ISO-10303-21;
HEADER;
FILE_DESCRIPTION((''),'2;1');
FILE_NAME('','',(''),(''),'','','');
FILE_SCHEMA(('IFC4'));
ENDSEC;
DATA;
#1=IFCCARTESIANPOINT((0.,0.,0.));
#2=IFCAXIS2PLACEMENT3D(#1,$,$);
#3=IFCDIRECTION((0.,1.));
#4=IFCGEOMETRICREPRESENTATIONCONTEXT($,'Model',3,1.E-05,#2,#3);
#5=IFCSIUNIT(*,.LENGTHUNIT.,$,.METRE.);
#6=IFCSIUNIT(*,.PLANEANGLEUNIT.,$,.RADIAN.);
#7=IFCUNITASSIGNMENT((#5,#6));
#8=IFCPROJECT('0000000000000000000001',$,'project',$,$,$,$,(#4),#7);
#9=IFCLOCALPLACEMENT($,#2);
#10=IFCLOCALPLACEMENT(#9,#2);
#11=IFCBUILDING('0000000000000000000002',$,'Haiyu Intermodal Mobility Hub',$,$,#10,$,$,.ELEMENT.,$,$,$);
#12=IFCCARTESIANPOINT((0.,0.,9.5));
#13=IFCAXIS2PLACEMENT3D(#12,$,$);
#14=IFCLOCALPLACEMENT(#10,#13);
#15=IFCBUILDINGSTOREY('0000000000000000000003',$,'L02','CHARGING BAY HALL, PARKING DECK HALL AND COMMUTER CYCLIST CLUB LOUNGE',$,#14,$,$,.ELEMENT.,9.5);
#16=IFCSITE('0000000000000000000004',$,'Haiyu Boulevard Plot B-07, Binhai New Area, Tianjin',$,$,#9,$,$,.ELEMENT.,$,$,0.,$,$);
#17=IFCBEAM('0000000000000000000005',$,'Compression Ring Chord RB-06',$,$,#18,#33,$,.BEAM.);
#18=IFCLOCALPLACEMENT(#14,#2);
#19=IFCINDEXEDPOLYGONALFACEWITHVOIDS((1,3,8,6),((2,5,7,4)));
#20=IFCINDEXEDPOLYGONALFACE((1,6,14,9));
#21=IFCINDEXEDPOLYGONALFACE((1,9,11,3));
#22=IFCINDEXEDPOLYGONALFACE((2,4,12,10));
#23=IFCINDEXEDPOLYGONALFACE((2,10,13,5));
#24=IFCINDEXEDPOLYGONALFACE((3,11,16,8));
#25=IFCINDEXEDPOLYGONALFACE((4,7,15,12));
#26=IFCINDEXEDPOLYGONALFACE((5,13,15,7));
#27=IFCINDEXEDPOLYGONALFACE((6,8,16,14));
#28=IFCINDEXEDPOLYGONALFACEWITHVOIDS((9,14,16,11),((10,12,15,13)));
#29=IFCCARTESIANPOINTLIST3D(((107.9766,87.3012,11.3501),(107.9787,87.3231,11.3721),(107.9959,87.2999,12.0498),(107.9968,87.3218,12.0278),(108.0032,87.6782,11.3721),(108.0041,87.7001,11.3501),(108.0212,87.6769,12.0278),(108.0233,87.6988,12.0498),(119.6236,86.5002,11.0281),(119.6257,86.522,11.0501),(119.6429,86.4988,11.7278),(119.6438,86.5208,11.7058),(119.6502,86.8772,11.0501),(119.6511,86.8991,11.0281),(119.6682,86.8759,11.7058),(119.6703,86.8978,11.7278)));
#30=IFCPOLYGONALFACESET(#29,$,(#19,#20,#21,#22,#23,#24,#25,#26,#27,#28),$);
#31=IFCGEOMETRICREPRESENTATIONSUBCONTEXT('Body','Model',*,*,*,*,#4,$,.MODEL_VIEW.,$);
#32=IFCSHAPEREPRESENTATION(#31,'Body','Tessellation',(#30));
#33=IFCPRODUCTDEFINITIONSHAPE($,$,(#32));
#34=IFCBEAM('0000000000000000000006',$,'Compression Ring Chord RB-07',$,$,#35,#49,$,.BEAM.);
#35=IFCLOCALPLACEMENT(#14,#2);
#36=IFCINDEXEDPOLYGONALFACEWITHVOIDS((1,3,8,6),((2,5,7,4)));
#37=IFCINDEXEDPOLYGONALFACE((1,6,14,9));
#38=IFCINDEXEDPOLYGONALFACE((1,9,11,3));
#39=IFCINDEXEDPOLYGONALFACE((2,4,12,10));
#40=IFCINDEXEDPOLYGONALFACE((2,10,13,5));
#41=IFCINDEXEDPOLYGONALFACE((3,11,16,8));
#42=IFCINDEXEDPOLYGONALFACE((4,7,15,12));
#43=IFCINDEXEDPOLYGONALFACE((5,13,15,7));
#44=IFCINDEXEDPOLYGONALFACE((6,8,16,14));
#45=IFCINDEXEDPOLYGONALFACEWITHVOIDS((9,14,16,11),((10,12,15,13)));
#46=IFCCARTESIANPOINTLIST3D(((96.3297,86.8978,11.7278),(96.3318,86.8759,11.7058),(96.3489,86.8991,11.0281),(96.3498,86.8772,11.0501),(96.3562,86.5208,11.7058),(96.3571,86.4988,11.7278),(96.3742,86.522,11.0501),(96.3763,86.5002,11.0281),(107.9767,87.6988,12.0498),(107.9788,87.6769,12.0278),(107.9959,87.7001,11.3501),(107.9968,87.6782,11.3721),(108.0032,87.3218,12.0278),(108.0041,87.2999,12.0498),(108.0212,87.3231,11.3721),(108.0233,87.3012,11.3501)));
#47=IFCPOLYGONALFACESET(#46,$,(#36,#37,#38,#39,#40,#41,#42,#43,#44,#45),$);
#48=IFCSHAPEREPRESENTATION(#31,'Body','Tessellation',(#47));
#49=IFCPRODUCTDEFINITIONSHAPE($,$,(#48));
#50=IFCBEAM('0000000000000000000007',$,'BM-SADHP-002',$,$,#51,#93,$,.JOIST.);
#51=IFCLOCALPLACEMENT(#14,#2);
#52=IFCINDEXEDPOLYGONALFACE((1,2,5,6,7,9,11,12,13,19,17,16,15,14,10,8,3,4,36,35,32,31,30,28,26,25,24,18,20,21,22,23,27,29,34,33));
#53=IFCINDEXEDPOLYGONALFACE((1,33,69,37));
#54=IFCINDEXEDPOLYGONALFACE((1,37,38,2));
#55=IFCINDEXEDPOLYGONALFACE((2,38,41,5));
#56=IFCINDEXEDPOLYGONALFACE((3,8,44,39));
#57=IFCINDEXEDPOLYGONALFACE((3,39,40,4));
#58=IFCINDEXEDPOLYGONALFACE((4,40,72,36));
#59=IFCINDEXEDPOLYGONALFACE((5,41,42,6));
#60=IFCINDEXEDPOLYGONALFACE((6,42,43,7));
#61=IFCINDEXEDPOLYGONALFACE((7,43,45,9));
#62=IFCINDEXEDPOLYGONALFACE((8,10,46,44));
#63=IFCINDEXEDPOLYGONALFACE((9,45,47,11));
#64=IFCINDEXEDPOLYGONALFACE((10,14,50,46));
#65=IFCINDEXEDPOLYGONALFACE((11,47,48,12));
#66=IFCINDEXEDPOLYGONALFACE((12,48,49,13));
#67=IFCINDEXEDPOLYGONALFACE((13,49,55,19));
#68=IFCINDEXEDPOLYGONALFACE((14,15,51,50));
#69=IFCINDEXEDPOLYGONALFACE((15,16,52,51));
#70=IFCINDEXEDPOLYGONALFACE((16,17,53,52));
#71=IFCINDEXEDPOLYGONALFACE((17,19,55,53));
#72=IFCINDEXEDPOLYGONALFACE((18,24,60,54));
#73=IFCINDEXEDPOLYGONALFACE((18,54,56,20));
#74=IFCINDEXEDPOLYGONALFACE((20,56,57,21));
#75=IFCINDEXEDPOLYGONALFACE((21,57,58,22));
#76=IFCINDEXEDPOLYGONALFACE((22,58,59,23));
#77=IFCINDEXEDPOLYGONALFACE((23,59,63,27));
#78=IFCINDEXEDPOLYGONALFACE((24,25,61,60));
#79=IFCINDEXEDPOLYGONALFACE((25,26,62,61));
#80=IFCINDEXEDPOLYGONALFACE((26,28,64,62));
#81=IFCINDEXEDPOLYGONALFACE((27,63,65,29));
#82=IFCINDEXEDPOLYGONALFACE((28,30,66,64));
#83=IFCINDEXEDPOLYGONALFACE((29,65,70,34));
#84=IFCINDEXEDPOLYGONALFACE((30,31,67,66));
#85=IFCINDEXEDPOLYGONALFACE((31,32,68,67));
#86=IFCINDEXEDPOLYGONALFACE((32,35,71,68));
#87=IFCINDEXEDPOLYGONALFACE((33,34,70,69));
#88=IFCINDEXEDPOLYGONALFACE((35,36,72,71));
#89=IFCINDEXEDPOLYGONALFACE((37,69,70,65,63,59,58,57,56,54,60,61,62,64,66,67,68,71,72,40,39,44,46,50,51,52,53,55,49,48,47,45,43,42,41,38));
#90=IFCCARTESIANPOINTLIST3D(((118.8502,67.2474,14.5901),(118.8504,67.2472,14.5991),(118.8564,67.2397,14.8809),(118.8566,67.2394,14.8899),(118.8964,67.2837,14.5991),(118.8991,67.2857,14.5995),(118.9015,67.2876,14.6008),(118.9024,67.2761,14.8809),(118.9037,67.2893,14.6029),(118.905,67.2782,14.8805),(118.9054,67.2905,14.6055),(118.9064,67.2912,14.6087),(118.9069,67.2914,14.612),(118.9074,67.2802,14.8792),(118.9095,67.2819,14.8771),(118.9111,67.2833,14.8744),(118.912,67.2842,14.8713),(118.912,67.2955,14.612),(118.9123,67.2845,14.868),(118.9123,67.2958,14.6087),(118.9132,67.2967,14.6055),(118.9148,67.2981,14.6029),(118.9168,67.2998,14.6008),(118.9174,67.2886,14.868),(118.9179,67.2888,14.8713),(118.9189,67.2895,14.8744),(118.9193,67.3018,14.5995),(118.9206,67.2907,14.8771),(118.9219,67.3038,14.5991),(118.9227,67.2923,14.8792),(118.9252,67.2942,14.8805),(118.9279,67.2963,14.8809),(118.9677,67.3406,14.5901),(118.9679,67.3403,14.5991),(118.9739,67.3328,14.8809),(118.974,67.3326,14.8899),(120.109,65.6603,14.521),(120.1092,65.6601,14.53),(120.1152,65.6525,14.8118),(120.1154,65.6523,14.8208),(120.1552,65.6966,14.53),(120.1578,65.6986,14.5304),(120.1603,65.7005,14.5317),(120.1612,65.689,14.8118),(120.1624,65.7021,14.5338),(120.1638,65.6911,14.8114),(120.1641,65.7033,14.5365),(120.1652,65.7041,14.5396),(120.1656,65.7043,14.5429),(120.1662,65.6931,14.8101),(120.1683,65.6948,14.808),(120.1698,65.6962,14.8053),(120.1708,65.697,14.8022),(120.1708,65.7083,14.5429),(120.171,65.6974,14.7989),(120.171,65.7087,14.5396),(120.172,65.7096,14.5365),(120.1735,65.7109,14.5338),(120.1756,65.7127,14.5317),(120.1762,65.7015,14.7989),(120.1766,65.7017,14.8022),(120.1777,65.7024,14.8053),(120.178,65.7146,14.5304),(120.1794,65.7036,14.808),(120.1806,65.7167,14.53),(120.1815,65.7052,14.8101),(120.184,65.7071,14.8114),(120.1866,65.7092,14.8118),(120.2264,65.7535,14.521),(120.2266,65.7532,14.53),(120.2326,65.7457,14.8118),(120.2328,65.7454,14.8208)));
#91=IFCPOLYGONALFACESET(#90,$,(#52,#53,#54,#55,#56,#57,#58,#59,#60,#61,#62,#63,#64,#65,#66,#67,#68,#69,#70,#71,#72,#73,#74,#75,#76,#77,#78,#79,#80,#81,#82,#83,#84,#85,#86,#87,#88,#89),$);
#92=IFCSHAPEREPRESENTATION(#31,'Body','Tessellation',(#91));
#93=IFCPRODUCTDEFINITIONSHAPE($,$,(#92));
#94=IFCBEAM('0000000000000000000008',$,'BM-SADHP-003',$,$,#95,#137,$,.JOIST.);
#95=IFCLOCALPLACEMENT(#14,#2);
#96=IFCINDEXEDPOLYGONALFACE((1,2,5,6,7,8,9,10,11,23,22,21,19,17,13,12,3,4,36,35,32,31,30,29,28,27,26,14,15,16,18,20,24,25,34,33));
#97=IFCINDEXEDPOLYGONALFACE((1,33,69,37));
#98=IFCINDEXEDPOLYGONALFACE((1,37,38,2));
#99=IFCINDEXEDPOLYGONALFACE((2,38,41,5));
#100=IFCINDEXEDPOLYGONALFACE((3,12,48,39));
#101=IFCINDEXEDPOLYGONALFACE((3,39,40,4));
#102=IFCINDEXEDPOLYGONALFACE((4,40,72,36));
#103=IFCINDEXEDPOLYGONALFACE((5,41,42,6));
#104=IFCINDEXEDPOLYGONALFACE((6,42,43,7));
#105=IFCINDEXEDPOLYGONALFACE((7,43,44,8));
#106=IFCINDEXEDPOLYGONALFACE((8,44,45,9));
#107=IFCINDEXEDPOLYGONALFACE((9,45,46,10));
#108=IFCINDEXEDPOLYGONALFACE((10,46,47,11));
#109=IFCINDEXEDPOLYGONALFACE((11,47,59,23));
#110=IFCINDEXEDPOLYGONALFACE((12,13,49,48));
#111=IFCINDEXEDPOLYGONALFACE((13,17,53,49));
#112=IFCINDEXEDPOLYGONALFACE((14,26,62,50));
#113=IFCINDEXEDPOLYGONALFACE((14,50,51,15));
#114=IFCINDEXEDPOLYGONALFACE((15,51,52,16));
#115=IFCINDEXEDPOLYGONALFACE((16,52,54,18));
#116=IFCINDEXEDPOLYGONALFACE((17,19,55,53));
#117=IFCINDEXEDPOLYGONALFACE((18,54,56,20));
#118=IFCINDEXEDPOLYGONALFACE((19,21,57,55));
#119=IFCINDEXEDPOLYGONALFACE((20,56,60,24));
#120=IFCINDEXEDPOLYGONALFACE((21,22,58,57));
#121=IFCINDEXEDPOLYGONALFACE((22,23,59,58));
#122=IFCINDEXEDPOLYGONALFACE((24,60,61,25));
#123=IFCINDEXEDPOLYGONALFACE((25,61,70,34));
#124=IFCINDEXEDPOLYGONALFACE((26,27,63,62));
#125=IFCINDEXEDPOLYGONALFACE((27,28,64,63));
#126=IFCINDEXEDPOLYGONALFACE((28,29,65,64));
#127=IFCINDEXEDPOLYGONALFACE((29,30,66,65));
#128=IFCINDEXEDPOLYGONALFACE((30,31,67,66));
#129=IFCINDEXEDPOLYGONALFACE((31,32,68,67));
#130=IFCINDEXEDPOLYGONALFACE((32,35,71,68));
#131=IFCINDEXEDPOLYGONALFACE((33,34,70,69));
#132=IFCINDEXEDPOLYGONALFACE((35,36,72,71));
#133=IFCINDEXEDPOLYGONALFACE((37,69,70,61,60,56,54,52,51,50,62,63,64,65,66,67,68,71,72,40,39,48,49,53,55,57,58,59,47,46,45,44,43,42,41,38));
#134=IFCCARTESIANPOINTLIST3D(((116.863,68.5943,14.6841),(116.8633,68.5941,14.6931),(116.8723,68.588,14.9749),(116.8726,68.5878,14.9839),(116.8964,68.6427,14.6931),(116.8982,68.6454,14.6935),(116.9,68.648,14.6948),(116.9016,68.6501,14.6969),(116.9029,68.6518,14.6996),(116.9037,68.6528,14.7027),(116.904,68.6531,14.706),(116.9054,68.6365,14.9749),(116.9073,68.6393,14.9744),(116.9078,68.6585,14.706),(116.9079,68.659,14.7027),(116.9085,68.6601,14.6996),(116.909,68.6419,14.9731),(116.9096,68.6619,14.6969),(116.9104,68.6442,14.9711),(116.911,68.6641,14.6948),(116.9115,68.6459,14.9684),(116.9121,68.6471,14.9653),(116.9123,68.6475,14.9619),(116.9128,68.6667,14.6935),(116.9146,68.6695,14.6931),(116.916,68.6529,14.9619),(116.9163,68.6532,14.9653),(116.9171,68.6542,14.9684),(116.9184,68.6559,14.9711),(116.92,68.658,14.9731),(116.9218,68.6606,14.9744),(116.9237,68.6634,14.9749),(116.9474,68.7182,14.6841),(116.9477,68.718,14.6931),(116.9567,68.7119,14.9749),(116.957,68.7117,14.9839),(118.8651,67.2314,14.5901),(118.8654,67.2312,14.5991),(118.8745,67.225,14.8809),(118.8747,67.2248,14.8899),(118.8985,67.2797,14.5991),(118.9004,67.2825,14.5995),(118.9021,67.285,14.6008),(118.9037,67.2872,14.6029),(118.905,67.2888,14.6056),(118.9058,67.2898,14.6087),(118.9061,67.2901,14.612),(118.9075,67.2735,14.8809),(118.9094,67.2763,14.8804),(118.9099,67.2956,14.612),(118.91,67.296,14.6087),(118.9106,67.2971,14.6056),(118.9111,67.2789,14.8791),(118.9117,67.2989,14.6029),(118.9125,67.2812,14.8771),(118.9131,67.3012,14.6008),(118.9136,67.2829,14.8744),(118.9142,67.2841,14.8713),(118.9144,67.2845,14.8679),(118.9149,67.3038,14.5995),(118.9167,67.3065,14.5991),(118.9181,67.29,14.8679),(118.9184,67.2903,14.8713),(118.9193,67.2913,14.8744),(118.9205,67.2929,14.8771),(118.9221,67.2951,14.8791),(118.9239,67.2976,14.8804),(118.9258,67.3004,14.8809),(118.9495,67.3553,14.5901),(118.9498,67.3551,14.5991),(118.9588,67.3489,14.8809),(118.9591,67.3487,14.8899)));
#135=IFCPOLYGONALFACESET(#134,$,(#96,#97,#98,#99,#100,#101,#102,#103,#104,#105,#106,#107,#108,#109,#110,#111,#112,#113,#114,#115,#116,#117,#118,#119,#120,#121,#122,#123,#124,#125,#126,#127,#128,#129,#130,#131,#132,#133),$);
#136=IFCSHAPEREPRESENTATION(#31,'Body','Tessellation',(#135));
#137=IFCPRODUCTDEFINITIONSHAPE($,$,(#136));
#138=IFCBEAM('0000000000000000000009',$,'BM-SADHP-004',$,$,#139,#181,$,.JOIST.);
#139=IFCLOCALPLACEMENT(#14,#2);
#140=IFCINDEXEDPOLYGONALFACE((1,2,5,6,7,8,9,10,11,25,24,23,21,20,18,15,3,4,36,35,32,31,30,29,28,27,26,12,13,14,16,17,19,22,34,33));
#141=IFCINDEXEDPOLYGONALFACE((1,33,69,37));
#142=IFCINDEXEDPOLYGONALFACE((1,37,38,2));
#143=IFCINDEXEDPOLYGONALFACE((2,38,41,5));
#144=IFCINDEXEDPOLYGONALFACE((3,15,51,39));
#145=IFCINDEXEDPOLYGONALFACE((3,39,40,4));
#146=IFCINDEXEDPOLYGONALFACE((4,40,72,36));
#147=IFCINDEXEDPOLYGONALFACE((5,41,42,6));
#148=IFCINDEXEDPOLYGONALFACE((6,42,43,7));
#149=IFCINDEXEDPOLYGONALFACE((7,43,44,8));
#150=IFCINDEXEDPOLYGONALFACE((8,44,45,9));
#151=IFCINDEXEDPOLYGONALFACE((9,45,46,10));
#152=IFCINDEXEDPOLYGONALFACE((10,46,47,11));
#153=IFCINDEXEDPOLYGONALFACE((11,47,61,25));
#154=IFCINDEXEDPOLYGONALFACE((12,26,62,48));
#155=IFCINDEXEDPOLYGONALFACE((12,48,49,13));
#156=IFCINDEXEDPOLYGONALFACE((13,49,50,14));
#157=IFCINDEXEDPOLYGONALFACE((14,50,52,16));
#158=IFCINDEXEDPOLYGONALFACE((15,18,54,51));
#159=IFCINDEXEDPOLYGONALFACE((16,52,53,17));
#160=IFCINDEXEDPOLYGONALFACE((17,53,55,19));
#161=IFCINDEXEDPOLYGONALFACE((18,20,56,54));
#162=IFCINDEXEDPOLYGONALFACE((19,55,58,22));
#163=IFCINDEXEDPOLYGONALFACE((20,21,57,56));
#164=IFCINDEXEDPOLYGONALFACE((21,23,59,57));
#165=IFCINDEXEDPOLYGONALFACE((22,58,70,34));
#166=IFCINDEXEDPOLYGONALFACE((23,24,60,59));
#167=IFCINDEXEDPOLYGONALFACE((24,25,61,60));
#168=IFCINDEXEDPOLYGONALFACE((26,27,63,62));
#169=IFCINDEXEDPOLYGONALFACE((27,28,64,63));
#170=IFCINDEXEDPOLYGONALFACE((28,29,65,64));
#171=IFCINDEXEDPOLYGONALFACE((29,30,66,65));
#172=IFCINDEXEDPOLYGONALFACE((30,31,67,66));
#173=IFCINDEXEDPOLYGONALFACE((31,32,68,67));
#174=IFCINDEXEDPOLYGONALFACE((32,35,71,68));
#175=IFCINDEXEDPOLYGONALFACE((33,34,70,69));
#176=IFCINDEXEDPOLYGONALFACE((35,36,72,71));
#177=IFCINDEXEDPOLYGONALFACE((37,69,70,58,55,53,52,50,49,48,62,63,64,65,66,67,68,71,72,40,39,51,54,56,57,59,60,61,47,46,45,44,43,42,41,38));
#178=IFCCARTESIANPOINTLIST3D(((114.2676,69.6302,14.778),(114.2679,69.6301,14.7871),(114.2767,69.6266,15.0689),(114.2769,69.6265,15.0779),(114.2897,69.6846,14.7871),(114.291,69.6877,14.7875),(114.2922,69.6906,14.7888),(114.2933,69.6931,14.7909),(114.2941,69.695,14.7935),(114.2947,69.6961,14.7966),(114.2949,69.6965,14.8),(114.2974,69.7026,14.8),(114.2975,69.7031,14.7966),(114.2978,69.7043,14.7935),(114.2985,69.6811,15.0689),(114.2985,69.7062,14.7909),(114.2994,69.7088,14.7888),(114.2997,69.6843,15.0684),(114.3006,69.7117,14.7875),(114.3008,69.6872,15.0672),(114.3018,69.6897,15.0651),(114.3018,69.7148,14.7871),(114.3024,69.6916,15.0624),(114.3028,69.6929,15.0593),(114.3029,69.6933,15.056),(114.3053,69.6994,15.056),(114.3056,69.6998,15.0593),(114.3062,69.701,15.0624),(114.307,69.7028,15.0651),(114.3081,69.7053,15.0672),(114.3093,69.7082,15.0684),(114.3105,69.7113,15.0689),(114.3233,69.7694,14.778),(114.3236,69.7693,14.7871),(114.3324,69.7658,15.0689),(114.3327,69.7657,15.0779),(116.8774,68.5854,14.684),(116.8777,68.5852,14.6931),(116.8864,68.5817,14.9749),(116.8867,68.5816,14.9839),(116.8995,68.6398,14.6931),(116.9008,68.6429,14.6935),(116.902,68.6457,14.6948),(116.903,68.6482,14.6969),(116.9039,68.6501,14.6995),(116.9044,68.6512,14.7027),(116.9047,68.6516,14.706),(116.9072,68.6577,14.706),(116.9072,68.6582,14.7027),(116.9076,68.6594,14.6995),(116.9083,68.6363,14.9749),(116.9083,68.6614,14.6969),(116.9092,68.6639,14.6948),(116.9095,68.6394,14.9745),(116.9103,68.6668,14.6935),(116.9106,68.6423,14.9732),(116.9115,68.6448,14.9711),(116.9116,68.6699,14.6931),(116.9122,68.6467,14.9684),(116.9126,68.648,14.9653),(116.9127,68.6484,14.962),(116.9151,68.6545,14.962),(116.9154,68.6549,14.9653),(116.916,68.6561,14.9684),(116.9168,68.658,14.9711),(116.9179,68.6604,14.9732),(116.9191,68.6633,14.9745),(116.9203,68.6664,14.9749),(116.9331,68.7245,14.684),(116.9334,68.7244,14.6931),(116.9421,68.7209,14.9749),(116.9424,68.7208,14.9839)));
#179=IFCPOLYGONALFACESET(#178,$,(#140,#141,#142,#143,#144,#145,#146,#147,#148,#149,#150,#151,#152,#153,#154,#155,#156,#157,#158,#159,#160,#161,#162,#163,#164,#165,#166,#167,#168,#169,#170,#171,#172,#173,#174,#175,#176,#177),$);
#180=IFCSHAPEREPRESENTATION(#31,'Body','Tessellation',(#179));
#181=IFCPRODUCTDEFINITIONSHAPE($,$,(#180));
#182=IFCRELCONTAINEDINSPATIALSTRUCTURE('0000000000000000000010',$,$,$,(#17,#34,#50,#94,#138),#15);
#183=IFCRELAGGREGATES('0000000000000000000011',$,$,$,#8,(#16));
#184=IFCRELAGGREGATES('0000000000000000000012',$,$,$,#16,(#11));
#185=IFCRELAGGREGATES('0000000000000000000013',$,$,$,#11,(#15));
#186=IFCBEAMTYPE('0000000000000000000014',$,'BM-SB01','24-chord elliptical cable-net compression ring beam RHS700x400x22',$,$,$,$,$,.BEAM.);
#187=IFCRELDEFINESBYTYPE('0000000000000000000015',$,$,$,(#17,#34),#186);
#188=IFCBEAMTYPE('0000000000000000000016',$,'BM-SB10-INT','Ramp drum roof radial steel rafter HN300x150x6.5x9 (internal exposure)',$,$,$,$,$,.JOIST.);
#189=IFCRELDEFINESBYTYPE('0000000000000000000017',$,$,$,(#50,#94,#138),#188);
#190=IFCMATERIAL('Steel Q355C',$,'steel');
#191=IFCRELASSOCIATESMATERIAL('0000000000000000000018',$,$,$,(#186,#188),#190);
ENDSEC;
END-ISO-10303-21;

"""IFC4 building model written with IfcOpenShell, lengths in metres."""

from ifc_helpers import new_model, si_unit, direction, frame, origin, origin_2d, place, context, subcontext, project, spatial, hollow_rectangle, i_section, extrude, material, material_profile, profile_set, type_object, element, save


model = new_model("IFC4")

# Units and contexts
model_context = context("Model", 3, precision=1e-05, world=origin(), true_north=direction((0.0, 1.0)))
body_context = subcontext(model_context, "Body", "Model", "MODEL_VIEW")
ifc_project = project(units=[si_unit("LENGTHUNIT", "METRE"), si_unit("PLANEANGLEUNIT", "RADIAN")], contexts=[model_context])

# Site, building, storey
site_placement = place(None, origin())
site = spatial("IfcSite", under=ifc_project, at=site_placement, Name="Haiyu Boulevard Plot B-07, Binhai New Area, Tianjin", CompositionType="ELEMENT", RefElevation=0.0)
building_placement = place(site_placement, origin())
building = spatial("IfcBuilding", under=site, at=building_placement, Name="Haiyu Intermodal Mobility Hub", CompositionType="ELEMENT")
storey_placement = place(building_placement, frame((0.0, 0.0, 9.5)))
storey = spatial("IfcBuildingStorey", under=building, at=storey_placement, Name="L02", Description="CHARGING BAY HALL, PARKING DECK HALL AND COMMUTER CYCLIST CLUB LOUNGE", CompositionType="ELEMENT", Elevation=9.5)

# Beams
ifc_material = material(Name="Steel Q355C", Category="steel")
ifc_material_profile_1 = material_profile(ifc_material, hollow_rectangle(XDim=0.3999, YDim=0.7, WallThickness=0.022, at=origin_2d()), Name="RHS700x400x22")
ifc_profile_set_1 = profile_set([ifc_material_profile_1], Name="Steel Q355C")
beam_type_1 = type_object("IfcBeamType", Name="BM-SB01", Description="24-chord elliptical cable-net compression ring beam RHS700x400x22", PredefinedType="BEAM", material=ifc_profile_set_1)
for number, where, z_axis, x_axis, name in (
    (1, (119.647, 86.699, 11.3779), (-0.997264, 0.068587, 0.027573), (-0.068613, -0.997643, 0.0), "Compression Ring Chord RB-06"),
    (2, (108.0, 87.5, 11.7), (-0.997264, -0.068587, -0.027573), (0.068613, -0.997643, 0.0), "Compression Ring Chord RB-07"),
):
    element("IfcBeam", number, at=place(storey_placement, frame(where, z_axis=z_axis, x_axis=x_axis)), inside=storey, type_object=beam_type_1, Name=name, PredefinedType="BEAM", context=body_context, shape_type="SweptSolid", body=[
        extrude(hollow_rectangle(XDim=0.3999, YDim=0.7, WallThickness=0.022, at=origin_2d()), origin(), (0.0, 0.0, 1.0), 11.679),
    ])
ifc_material_profile_2 = material_profile(ifc_material, i_section(OverallWidth=0.1499, OverallDepth=0.3, WebThickness=0.0066, FlangeThickness=0.009, FilletRadius=0.0129, at=origin_2d()), Name="HN300x150x6.5x9")
ifc_profile_set_2 = profile_set([ifc_material_profile_2], Name="Steel Q355C")
beam_type_2 = type_object("IfcBeamType", Name="BM-SB10-INT", Description="Ramp drum roof radial steel rafter HN300x150x6.5x9 (internal exposure)", PredefinedType="JOIST", material=ifc_profile_set_2)
beam_1_placement = place(storey_placement, frame((120.1709, 65.7029, 14.6709), z_axis=(-0.621036, 0.78304, 0.034087), x_axis=(-0.783496, -0.621397, 0.0)))
element("IfcBeam", 3, at=beam_1_placement, inside=storey, type_object=beam_type_2, Name="BM-SADHP-002", PredefinedType="JOIST", context=body_context, shape_type="SweptSolid", body=[
    extrude(i_section(OverallWidth=0.1499, OverallDepth=0.3, WebThickness=0.0066, FlangeThickness=0.009, FilletRadius=0.0129, at=origin_2d()), origin(), (0.0, 0.0, 1.0), 2.0269),
])
beam_2_placement = place(storey_placement, frame((118.9121, 67.29, 14.74), z_axis=(-0.826008, 0.562322, 0.038777), x_axis=(-0.562746, -0.82663, 0.0)))
element("IfcBeam", 4, at=beam_2_placement, inside=storey, type_object=beam_type_2, Name="BM-SADHP-003", PredefinedType="JOIST", context=body_context, shape_type="SweptSolid", body=[
    extrude(i_section(OverallWidth=0.1499, OverallDepth=0.3, WebThickness=0.0066, FlangeThickness=0.009, FilletRadius=0.0129, at=origin_2d()), origin(), (0.0, 0.0, 1.0), 2.4238),
])
beam_3_placement = place(storey_placement, frame((116.9099, 68.6531, 14.834), z_axis=(-0.927838, 0.371483, 0.033416), x_axis=(-0.37169, -0.928357, 0.0)))
element("IfcBeam", 5, at=beam_3_placement, inside=storey, type_object=beam_type_2, Name="BM-SADHP-004", PredefinedType="JOIST", context=body_context, shape_type="SweptSolid", body=[
    extrude(i_section(OverallWidth=0.1499, OverallDepth=0.3, WebThickness=0.0066, FlangeThickness=0.009, FilletRadius=0.0129, at=origin_2d()), origin(), (0.0, 0.0, 1.0), 2.8127),
])

save(model, "model.ifc")
